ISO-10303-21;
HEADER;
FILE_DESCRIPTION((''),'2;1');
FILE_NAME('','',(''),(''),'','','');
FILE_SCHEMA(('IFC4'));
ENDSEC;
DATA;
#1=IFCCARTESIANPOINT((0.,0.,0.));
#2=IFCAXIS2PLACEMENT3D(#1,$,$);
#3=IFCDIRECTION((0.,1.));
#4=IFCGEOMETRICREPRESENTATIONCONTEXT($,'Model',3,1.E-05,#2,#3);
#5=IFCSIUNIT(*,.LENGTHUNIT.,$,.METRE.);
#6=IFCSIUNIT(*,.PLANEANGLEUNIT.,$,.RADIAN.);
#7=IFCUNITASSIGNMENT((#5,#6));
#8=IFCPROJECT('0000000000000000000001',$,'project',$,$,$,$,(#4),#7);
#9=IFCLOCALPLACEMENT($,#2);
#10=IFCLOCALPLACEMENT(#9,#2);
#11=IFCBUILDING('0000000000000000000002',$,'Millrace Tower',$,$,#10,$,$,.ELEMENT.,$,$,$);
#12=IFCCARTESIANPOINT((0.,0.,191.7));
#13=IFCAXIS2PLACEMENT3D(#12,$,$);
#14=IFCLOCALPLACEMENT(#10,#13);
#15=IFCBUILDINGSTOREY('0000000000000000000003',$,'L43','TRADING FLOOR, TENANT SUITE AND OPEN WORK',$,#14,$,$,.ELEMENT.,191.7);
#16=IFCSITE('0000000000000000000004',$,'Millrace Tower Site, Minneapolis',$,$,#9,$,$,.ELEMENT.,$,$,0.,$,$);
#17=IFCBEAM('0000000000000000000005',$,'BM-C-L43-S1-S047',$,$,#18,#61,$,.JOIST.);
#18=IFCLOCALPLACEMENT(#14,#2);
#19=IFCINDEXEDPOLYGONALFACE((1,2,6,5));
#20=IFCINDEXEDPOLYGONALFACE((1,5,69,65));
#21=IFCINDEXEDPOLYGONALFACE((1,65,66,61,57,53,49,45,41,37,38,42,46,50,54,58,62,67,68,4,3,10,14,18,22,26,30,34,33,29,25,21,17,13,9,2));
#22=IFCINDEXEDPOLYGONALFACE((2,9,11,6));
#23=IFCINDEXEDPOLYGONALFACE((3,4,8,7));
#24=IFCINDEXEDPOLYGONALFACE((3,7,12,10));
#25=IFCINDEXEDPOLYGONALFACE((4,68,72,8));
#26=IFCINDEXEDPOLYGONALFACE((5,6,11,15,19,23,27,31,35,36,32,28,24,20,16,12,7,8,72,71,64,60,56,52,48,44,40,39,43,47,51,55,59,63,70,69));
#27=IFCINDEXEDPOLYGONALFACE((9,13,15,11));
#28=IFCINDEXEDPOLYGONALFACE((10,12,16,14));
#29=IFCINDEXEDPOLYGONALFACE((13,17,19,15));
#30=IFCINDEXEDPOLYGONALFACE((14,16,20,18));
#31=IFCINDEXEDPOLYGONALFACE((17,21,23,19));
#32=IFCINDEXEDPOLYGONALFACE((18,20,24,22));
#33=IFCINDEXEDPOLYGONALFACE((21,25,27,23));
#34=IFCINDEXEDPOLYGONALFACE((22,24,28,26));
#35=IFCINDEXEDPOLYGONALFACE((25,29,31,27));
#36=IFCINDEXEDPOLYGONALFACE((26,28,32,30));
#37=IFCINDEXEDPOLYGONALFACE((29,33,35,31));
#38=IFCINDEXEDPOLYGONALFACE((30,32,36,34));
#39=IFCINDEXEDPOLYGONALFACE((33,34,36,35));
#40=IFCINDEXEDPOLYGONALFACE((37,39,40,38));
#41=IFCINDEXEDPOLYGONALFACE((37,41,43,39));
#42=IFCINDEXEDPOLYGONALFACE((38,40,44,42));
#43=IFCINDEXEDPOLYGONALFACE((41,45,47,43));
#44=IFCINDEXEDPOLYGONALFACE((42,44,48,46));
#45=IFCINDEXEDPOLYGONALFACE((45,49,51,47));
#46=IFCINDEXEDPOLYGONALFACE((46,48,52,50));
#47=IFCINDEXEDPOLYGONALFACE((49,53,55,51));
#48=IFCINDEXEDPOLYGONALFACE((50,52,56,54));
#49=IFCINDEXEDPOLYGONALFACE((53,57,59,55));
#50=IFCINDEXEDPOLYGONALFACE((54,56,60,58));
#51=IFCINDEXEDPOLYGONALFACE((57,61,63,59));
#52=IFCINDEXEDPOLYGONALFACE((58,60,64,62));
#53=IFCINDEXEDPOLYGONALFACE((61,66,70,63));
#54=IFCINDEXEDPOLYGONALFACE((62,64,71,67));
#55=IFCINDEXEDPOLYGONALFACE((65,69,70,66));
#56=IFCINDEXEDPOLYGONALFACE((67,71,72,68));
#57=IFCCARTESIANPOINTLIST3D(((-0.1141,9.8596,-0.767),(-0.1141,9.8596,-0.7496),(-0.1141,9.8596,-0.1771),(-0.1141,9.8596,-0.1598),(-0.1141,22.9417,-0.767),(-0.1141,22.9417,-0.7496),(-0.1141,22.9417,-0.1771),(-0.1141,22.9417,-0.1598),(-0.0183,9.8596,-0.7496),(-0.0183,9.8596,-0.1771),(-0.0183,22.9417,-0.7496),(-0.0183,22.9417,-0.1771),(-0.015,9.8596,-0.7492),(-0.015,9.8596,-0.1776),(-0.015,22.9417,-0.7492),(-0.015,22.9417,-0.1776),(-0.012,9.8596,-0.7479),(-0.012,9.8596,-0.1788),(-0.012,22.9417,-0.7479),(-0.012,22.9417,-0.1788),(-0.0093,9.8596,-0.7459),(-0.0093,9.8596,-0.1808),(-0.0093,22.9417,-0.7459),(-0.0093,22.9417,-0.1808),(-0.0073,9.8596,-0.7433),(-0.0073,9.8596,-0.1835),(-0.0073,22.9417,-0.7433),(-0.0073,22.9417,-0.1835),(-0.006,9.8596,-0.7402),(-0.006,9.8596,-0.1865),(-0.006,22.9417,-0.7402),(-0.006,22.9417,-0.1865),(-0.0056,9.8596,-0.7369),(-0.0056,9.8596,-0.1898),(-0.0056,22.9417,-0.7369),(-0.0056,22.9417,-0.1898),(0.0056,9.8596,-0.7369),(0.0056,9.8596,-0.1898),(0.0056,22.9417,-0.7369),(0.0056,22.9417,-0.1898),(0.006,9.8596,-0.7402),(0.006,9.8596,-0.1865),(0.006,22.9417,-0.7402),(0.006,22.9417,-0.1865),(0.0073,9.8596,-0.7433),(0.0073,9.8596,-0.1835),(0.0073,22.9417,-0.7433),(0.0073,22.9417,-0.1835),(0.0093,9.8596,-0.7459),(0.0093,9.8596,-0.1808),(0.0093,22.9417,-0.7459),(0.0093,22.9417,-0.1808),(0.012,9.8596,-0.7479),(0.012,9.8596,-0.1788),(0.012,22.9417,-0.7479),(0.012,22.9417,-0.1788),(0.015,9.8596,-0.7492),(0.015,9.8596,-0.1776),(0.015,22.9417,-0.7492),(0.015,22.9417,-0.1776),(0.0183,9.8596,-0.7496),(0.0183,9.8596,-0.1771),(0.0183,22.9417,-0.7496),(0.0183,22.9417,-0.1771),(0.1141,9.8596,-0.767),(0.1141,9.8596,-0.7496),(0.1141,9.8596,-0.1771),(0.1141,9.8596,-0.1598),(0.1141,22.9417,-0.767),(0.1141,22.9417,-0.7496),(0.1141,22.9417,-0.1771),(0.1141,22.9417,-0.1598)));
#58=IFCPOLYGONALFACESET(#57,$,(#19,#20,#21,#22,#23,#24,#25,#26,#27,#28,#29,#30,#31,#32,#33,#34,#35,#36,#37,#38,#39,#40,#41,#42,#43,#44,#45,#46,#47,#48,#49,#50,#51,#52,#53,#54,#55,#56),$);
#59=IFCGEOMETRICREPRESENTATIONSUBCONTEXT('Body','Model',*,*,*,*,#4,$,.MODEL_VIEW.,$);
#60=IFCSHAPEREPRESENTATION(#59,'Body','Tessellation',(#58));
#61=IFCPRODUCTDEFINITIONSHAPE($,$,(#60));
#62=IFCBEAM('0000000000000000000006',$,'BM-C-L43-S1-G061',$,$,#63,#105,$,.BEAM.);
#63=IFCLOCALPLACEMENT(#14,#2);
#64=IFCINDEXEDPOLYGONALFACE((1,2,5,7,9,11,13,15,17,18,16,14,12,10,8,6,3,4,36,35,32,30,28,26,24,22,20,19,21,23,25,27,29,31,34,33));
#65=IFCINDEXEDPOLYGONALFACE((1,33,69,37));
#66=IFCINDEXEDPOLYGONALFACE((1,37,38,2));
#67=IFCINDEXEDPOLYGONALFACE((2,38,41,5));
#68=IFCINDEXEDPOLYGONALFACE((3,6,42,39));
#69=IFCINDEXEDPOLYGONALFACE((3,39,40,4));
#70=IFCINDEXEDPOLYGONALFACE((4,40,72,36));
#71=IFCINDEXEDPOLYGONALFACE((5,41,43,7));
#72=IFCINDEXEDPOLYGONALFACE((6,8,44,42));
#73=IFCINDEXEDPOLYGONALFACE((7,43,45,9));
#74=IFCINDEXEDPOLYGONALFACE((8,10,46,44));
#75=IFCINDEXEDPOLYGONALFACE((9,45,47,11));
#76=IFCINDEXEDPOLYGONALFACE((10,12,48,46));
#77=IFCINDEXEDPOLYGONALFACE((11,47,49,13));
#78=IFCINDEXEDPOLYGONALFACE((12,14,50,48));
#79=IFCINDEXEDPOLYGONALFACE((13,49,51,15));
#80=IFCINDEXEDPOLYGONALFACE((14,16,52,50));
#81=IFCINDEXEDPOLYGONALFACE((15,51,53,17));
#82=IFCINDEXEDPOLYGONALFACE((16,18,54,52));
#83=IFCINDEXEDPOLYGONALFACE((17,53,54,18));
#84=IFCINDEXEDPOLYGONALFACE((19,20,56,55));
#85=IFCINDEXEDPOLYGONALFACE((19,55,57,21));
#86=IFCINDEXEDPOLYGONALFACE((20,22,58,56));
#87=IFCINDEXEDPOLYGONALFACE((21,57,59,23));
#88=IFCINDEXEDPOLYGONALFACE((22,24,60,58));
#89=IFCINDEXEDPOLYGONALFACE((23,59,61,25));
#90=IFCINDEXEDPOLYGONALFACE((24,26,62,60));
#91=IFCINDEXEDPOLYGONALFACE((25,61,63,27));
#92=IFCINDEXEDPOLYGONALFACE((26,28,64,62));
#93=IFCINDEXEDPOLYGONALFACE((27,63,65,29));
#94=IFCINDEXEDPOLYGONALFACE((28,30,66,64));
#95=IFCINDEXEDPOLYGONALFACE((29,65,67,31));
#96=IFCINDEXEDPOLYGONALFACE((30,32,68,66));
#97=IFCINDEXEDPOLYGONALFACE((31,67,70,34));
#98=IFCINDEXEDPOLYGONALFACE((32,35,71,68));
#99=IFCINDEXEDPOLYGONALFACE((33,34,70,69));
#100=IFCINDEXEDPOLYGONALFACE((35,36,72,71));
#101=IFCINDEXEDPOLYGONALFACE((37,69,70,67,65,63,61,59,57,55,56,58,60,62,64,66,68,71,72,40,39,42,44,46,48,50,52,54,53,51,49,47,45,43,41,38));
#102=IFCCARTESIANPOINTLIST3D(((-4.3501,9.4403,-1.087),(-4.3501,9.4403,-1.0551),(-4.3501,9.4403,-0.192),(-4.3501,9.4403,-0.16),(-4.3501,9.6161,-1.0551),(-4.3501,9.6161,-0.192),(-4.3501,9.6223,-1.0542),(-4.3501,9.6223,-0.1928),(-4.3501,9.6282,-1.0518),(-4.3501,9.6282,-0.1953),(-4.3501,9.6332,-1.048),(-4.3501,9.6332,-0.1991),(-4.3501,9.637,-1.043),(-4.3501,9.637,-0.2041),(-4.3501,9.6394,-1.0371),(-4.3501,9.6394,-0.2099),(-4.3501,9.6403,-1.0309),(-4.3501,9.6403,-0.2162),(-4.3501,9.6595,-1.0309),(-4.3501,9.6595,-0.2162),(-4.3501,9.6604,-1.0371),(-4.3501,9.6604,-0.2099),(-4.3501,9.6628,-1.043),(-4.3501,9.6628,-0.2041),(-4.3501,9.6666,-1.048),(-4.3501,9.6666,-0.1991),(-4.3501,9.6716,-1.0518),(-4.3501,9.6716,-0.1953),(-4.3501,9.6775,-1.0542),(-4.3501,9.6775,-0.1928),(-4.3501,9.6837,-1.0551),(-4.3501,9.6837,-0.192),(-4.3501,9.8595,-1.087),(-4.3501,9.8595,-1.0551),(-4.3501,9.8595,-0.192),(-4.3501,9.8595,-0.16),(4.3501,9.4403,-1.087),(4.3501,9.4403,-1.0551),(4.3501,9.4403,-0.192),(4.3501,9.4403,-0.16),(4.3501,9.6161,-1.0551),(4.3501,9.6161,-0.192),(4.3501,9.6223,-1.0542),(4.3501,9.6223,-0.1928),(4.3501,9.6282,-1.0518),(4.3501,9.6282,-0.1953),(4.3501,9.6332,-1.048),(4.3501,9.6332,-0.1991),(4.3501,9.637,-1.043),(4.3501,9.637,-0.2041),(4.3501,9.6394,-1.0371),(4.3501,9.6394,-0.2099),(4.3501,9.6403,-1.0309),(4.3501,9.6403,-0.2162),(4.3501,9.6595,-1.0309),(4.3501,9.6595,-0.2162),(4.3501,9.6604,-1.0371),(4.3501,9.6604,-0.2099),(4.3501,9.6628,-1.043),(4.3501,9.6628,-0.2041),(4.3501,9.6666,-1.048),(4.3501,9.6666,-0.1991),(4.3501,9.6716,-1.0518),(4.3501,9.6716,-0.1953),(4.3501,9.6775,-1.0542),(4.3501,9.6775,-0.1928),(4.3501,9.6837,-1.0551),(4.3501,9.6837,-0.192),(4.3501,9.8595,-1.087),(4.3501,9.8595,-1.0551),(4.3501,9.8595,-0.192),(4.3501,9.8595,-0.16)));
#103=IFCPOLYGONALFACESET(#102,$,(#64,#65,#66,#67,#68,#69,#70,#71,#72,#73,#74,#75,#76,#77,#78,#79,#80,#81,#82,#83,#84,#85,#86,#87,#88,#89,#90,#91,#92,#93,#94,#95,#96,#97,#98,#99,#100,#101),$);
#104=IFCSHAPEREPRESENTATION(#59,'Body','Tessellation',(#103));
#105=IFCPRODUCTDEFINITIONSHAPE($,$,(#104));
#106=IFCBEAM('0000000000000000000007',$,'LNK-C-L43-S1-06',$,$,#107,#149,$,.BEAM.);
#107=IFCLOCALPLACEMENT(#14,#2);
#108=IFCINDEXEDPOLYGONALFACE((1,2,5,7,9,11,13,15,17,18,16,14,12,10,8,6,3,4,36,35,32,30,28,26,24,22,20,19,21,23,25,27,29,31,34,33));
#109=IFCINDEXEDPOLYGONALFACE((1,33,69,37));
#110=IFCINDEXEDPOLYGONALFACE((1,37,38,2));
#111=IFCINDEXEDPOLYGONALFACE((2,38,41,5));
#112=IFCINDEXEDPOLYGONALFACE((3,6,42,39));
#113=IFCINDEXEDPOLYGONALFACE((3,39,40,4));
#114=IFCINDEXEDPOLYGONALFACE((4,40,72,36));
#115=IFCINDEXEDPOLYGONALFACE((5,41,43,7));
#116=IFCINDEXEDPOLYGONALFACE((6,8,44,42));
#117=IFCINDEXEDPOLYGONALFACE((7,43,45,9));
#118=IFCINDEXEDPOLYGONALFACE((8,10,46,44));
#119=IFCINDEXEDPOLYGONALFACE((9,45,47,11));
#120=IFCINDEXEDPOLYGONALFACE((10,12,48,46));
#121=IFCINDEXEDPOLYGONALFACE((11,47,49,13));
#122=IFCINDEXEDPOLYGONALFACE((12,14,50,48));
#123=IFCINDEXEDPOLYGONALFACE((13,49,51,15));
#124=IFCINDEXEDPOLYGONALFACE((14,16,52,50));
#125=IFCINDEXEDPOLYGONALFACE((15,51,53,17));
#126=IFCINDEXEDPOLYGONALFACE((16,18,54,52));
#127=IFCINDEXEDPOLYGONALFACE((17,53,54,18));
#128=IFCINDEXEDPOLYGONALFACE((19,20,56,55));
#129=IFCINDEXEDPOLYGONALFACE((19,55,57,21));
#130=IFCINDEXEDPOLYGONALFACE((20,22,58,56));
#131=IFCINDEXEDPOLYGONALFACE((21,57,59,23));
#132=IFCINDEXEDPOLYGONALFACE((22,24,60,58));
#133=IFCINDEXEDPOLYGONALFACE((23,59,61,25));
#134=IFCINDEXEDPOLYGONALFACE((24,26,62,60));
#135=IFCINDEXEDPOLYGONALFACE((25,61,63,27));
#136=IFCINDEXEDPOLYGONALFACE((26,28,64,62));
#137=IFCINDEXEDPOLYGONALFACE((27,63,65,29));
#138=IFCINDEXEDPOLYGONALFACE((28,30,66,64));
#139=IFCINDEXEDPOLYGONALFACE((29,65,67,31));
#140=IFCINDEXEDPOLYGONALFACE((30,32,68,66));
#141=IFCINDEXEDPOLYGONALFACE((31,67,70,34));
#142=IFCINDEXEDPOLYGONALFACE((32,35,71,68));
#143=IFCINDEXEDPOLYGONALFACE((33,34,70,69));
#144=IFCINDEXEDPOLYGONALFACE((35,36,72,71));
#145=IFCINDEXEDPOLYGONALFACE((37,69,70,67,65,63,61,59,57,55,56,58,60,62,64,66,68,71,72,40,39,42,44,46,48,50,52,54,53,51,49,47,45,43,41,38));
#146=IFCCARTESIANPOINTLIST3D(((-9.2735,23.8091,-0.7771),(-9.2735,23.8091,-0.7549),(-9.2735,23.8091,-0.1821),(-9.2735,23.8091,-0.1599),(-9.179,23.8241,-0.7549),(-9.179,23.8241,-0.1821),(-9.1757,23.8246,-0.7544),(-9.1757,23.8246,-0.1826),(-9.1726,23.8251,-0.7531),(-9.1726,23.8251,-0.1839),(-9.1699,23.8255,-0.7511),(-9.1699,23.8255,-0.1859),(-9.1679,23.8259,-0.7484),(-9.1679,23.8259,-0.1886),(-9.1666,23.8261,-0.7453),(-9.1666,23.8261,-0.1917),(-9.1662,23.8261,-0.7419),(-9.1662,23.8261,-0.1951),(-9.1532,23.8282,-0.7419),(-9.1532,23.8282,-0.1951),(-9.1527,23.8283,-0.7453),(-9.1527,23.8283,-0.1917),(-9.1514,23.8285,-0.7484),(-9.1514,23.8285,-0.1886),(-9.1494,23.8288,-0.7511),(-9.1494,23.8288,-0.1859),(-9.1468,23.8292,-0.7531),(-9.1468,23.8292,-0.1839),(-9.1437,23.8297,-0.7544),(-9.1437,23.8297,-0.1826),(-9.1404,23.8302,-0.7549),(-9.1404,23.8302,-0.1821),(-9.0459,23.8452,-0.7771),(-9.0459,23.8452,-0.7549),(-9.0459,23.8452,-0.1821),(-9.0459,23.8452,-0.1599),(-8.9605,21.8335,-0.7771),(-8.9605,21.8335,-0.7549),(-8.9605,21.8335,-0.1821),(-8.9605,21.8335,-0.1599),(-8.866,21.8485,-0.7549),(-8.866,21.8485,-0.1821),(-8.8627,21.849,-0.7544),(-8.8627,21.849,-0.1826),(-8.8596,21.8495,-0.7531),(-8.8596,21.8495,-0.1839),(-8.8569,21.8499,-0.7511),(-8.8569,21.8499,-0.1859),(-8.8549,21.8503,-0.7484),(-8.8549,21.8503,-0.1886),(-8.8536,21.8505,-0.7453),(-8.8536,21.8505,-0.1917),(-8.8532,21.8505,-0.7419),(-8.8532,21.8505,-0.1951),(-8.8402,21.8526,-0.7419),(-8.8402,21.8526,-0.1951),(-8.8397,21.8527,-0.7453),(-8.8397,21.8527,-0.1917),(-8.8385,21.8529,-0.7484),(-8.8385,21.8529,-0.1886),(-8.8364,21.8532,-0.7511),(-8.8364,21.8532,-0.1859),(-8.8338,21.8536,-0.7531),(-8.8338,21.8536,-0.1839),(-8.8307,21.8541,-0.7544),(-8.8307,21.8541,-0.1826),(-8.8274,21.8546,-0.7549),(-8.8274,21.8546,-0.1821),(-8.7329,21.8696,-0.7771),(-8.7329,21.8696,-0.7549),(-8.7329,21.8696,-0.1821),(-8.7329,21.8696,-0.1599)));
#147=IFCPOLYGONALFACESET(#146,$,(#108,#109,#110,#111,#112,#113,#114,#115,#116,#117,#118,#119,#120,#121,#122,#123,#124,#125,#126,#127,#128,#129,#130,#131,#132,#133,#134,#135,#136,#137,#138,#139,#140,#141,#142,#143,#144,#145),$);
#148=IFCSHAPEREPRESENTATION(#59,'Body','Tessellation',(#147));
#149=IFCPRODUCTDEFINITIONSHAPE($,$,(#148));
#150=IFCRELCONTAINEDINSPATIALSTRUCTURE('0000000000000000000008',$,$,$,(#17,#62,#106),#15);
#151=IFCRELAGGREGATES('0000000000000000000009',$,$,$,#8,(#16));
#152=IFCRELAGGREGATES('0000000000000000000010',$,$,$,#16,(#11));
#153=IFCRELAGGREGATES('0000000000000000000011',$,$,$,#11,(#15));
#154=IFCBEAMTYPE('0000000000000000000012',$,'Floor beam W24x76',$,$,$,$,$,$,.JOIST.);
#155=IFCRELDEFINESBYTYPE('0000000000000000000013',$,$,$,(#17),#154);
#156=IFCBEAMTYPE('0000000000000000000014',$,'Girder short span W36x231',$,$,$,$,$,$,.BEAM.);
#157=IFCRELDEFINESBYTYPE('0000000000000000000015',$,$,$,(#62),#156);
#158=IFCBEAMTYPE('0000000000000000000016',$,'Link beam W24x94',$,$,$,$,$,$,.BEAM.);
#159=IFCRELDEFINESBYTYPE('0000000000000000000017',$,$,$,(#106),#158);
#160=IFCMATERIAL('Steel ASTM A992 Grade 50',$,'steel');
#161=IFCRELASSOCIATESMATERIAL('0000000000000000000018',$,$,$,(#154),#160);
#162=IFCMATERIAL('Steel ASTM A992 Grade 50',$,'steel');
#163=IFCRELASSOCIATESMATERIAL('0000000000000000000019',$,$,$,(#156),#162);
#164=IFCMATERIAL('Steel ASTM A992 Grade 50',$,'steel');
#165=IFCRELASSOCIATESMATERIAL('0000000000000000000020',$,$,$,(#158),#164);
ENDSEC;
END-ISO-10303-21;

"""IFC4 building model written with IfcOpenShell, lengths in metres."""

from ifc_helpers import new_model, si_unit, direction, frame, origin, origin_2d, place, context, subcontext, project, spatial, i_section, extrude, material, material_profile, profile_set, type_object, element, save


model = new_model("IFC4")

# Units and contexts
model_context = context("Model", 3, precision=1e-05, world=origin(), true_north=direction((0.0, 1.0)))
body_context = subcontext(model_context, "Body", "Model", "MODEL_VIEW")
ifc_project = project(units=[si_unit("LENGTHUNIT", "METRE"), si_unit("PLANEANGLEUNIT", "RADIAN")], contexts=[model_context])

# Site, building, storey
site_placement = place(None, origin())
site = spatial("IfcSite", under=ifc_project, at=site_placement, Name="Millrace Tower Site, Minneapolis", CompositionType="ELEMENT", RefElevation=0.0)
building_placement = place(site_placement, origin())
building = spatial("IfcBuilding", under=site, at=building_placement, Name="Millrace Tower", CompositionType="ELEMENT")
storey_placement = place(building_placement, frame((0.0, 0.0, 191.7)))
storey = spatial("IfcBuildingStorey", under=building, at=storey_placement, Name="L43", Description="TRADING FLOOR, TENANT SUITE AND OPEN WORK", CompositionType="ELEMENT", Elevation=191.7)

# Beams
ifc_material_1 = material(Name="Steel ASTM A992 Grade 50", Category="steel")
ifc_material_profile_1 = material_profile(ifc_material_1, i_section(OverallWidth=0.2283, OverallDepth=0.6072, WebThickness=0.0112, FlangeThickness=0.0173, FilletRadius=0.0127, at=origin_2d()))
ifc_profile_set_1 = profile_set([ifc_material_profile_1], Name="Steel ASTM A992 Grade 50")
beam_type_1 = type_object("IfcBeamType", Name="Floor beam W24x76", PredefinedType="JOIST", material=ifc_profile_set_1)
beam_1_placement = place(storey_placement, frame((0.0, 9.8596, -0.4634), z_axis=(0.0, 1.0, 0.0), x_axis=(-1.0, 0.0, 0.0)))
element("IfcBeam", 1, at=beam_1_placement, inside=storey, type_object=beam_type_1, Name="BM-C-L43-S1-S047", PredefinedType="JOIST", context=body_context, shape_type="SweptSolid", body=[
    extrude(i_section(OverallWidth=0.2283, OverallDepth=0.6072, WebThickness=0.0112, FlangeThickness=0.0173, FilletRadius=0.0127, at=origin_2d()), origin(), (0.0, 0.0, 1.0), 13.082),
])
ifc_material_2 = material(Name="Steel ASTM A992 Grade 50", Category="steel")
ifc_material_profile_2 = material_profile(ifc_material_2, i_section(OverallWidth=0.4192, OverallDepth=0.927, WebThickness=0.0193, FlangeThickness=0.032, FilletRadius=0.0242, at=origin_2d()))
ifc_profile_set_2 = profile_set([ifc_material_profile_2], Name="Steel ASTM A992 Grade 50")
beam_type_2 = type_object("IfcBeamType", Name="Girder short span W36x231", PredefinedType="BEAM", material=ifc_profile_set_2)
beam_2_placement = place(storey_placement, frame((-4.3501, 9.6499, -0.6235), z_axis=(1.0, 0.0, 0.0), x_axis=(0.0, 1.0, 0.0)))
element("IfcBeam", 2, at=beam_2_placement, inside=storey, type_object=beam_type_2, Name="BM-C-L43-S1-G061", PredefinedType="BEAM", context=body_context, shape_type="SweptSolid", body=[
    extrude(i_section(OverallWidth=0.4192, OverallDepth=0.927, WebThickness=0.0193, FlangeThickness=0.032, FilletRadius=0.0242, at=origin_2d()), origin(), (0.0, 0.0, 1.0), 8.7002),
])
ifc_material_3 = material(Name="Steel ASTM A992 Grade 50", Category="steel")
ifc_material_profile_3 = material_profile(ifc_material_3, i_section(OverallWidth=0.2305, OverallDepth=0.6172, WebThickness=0.0132, FlangeThickness=0.0222, FilletRadius=0.0129, at=origin_2d()))
ifc_profile_set_3 = profile_set([ifc_material_profile_3], Name="Steel ASTM A992 Grade 50")
beam_type_3 = type_object("IfcBeamType", Name="Link beam W24x94", PredefinedType="BEAM", material=ifc_profile_set_3)
beam_3_placement = place(storey_placement, frame((-8.8467, 21.8516, -0.4685), z_axis=(-0.156477, 0.987682, 0.0), x_axis=(-0.987682, -0.156477, 0.0)))
element("IfcBeam", 3, at=beam_3_placement, inside=storey, type_object=beam_type_3, Name="LNK-C-L43-S1-06", PredefinedType="BEAM", context=body_context, shape_type="SweptSolid", body=[
    extrude(i_section(OverallWidth=0.2305, OverallDepth=0.6172, WebThickness=0.0132, FlangeThickness=0.0222, FilletRadius=0.0129, at=origin_2d()), origin(), (0.0, 0.0, 1.0), 2.0002),
])

save(model, "model.ifc")
